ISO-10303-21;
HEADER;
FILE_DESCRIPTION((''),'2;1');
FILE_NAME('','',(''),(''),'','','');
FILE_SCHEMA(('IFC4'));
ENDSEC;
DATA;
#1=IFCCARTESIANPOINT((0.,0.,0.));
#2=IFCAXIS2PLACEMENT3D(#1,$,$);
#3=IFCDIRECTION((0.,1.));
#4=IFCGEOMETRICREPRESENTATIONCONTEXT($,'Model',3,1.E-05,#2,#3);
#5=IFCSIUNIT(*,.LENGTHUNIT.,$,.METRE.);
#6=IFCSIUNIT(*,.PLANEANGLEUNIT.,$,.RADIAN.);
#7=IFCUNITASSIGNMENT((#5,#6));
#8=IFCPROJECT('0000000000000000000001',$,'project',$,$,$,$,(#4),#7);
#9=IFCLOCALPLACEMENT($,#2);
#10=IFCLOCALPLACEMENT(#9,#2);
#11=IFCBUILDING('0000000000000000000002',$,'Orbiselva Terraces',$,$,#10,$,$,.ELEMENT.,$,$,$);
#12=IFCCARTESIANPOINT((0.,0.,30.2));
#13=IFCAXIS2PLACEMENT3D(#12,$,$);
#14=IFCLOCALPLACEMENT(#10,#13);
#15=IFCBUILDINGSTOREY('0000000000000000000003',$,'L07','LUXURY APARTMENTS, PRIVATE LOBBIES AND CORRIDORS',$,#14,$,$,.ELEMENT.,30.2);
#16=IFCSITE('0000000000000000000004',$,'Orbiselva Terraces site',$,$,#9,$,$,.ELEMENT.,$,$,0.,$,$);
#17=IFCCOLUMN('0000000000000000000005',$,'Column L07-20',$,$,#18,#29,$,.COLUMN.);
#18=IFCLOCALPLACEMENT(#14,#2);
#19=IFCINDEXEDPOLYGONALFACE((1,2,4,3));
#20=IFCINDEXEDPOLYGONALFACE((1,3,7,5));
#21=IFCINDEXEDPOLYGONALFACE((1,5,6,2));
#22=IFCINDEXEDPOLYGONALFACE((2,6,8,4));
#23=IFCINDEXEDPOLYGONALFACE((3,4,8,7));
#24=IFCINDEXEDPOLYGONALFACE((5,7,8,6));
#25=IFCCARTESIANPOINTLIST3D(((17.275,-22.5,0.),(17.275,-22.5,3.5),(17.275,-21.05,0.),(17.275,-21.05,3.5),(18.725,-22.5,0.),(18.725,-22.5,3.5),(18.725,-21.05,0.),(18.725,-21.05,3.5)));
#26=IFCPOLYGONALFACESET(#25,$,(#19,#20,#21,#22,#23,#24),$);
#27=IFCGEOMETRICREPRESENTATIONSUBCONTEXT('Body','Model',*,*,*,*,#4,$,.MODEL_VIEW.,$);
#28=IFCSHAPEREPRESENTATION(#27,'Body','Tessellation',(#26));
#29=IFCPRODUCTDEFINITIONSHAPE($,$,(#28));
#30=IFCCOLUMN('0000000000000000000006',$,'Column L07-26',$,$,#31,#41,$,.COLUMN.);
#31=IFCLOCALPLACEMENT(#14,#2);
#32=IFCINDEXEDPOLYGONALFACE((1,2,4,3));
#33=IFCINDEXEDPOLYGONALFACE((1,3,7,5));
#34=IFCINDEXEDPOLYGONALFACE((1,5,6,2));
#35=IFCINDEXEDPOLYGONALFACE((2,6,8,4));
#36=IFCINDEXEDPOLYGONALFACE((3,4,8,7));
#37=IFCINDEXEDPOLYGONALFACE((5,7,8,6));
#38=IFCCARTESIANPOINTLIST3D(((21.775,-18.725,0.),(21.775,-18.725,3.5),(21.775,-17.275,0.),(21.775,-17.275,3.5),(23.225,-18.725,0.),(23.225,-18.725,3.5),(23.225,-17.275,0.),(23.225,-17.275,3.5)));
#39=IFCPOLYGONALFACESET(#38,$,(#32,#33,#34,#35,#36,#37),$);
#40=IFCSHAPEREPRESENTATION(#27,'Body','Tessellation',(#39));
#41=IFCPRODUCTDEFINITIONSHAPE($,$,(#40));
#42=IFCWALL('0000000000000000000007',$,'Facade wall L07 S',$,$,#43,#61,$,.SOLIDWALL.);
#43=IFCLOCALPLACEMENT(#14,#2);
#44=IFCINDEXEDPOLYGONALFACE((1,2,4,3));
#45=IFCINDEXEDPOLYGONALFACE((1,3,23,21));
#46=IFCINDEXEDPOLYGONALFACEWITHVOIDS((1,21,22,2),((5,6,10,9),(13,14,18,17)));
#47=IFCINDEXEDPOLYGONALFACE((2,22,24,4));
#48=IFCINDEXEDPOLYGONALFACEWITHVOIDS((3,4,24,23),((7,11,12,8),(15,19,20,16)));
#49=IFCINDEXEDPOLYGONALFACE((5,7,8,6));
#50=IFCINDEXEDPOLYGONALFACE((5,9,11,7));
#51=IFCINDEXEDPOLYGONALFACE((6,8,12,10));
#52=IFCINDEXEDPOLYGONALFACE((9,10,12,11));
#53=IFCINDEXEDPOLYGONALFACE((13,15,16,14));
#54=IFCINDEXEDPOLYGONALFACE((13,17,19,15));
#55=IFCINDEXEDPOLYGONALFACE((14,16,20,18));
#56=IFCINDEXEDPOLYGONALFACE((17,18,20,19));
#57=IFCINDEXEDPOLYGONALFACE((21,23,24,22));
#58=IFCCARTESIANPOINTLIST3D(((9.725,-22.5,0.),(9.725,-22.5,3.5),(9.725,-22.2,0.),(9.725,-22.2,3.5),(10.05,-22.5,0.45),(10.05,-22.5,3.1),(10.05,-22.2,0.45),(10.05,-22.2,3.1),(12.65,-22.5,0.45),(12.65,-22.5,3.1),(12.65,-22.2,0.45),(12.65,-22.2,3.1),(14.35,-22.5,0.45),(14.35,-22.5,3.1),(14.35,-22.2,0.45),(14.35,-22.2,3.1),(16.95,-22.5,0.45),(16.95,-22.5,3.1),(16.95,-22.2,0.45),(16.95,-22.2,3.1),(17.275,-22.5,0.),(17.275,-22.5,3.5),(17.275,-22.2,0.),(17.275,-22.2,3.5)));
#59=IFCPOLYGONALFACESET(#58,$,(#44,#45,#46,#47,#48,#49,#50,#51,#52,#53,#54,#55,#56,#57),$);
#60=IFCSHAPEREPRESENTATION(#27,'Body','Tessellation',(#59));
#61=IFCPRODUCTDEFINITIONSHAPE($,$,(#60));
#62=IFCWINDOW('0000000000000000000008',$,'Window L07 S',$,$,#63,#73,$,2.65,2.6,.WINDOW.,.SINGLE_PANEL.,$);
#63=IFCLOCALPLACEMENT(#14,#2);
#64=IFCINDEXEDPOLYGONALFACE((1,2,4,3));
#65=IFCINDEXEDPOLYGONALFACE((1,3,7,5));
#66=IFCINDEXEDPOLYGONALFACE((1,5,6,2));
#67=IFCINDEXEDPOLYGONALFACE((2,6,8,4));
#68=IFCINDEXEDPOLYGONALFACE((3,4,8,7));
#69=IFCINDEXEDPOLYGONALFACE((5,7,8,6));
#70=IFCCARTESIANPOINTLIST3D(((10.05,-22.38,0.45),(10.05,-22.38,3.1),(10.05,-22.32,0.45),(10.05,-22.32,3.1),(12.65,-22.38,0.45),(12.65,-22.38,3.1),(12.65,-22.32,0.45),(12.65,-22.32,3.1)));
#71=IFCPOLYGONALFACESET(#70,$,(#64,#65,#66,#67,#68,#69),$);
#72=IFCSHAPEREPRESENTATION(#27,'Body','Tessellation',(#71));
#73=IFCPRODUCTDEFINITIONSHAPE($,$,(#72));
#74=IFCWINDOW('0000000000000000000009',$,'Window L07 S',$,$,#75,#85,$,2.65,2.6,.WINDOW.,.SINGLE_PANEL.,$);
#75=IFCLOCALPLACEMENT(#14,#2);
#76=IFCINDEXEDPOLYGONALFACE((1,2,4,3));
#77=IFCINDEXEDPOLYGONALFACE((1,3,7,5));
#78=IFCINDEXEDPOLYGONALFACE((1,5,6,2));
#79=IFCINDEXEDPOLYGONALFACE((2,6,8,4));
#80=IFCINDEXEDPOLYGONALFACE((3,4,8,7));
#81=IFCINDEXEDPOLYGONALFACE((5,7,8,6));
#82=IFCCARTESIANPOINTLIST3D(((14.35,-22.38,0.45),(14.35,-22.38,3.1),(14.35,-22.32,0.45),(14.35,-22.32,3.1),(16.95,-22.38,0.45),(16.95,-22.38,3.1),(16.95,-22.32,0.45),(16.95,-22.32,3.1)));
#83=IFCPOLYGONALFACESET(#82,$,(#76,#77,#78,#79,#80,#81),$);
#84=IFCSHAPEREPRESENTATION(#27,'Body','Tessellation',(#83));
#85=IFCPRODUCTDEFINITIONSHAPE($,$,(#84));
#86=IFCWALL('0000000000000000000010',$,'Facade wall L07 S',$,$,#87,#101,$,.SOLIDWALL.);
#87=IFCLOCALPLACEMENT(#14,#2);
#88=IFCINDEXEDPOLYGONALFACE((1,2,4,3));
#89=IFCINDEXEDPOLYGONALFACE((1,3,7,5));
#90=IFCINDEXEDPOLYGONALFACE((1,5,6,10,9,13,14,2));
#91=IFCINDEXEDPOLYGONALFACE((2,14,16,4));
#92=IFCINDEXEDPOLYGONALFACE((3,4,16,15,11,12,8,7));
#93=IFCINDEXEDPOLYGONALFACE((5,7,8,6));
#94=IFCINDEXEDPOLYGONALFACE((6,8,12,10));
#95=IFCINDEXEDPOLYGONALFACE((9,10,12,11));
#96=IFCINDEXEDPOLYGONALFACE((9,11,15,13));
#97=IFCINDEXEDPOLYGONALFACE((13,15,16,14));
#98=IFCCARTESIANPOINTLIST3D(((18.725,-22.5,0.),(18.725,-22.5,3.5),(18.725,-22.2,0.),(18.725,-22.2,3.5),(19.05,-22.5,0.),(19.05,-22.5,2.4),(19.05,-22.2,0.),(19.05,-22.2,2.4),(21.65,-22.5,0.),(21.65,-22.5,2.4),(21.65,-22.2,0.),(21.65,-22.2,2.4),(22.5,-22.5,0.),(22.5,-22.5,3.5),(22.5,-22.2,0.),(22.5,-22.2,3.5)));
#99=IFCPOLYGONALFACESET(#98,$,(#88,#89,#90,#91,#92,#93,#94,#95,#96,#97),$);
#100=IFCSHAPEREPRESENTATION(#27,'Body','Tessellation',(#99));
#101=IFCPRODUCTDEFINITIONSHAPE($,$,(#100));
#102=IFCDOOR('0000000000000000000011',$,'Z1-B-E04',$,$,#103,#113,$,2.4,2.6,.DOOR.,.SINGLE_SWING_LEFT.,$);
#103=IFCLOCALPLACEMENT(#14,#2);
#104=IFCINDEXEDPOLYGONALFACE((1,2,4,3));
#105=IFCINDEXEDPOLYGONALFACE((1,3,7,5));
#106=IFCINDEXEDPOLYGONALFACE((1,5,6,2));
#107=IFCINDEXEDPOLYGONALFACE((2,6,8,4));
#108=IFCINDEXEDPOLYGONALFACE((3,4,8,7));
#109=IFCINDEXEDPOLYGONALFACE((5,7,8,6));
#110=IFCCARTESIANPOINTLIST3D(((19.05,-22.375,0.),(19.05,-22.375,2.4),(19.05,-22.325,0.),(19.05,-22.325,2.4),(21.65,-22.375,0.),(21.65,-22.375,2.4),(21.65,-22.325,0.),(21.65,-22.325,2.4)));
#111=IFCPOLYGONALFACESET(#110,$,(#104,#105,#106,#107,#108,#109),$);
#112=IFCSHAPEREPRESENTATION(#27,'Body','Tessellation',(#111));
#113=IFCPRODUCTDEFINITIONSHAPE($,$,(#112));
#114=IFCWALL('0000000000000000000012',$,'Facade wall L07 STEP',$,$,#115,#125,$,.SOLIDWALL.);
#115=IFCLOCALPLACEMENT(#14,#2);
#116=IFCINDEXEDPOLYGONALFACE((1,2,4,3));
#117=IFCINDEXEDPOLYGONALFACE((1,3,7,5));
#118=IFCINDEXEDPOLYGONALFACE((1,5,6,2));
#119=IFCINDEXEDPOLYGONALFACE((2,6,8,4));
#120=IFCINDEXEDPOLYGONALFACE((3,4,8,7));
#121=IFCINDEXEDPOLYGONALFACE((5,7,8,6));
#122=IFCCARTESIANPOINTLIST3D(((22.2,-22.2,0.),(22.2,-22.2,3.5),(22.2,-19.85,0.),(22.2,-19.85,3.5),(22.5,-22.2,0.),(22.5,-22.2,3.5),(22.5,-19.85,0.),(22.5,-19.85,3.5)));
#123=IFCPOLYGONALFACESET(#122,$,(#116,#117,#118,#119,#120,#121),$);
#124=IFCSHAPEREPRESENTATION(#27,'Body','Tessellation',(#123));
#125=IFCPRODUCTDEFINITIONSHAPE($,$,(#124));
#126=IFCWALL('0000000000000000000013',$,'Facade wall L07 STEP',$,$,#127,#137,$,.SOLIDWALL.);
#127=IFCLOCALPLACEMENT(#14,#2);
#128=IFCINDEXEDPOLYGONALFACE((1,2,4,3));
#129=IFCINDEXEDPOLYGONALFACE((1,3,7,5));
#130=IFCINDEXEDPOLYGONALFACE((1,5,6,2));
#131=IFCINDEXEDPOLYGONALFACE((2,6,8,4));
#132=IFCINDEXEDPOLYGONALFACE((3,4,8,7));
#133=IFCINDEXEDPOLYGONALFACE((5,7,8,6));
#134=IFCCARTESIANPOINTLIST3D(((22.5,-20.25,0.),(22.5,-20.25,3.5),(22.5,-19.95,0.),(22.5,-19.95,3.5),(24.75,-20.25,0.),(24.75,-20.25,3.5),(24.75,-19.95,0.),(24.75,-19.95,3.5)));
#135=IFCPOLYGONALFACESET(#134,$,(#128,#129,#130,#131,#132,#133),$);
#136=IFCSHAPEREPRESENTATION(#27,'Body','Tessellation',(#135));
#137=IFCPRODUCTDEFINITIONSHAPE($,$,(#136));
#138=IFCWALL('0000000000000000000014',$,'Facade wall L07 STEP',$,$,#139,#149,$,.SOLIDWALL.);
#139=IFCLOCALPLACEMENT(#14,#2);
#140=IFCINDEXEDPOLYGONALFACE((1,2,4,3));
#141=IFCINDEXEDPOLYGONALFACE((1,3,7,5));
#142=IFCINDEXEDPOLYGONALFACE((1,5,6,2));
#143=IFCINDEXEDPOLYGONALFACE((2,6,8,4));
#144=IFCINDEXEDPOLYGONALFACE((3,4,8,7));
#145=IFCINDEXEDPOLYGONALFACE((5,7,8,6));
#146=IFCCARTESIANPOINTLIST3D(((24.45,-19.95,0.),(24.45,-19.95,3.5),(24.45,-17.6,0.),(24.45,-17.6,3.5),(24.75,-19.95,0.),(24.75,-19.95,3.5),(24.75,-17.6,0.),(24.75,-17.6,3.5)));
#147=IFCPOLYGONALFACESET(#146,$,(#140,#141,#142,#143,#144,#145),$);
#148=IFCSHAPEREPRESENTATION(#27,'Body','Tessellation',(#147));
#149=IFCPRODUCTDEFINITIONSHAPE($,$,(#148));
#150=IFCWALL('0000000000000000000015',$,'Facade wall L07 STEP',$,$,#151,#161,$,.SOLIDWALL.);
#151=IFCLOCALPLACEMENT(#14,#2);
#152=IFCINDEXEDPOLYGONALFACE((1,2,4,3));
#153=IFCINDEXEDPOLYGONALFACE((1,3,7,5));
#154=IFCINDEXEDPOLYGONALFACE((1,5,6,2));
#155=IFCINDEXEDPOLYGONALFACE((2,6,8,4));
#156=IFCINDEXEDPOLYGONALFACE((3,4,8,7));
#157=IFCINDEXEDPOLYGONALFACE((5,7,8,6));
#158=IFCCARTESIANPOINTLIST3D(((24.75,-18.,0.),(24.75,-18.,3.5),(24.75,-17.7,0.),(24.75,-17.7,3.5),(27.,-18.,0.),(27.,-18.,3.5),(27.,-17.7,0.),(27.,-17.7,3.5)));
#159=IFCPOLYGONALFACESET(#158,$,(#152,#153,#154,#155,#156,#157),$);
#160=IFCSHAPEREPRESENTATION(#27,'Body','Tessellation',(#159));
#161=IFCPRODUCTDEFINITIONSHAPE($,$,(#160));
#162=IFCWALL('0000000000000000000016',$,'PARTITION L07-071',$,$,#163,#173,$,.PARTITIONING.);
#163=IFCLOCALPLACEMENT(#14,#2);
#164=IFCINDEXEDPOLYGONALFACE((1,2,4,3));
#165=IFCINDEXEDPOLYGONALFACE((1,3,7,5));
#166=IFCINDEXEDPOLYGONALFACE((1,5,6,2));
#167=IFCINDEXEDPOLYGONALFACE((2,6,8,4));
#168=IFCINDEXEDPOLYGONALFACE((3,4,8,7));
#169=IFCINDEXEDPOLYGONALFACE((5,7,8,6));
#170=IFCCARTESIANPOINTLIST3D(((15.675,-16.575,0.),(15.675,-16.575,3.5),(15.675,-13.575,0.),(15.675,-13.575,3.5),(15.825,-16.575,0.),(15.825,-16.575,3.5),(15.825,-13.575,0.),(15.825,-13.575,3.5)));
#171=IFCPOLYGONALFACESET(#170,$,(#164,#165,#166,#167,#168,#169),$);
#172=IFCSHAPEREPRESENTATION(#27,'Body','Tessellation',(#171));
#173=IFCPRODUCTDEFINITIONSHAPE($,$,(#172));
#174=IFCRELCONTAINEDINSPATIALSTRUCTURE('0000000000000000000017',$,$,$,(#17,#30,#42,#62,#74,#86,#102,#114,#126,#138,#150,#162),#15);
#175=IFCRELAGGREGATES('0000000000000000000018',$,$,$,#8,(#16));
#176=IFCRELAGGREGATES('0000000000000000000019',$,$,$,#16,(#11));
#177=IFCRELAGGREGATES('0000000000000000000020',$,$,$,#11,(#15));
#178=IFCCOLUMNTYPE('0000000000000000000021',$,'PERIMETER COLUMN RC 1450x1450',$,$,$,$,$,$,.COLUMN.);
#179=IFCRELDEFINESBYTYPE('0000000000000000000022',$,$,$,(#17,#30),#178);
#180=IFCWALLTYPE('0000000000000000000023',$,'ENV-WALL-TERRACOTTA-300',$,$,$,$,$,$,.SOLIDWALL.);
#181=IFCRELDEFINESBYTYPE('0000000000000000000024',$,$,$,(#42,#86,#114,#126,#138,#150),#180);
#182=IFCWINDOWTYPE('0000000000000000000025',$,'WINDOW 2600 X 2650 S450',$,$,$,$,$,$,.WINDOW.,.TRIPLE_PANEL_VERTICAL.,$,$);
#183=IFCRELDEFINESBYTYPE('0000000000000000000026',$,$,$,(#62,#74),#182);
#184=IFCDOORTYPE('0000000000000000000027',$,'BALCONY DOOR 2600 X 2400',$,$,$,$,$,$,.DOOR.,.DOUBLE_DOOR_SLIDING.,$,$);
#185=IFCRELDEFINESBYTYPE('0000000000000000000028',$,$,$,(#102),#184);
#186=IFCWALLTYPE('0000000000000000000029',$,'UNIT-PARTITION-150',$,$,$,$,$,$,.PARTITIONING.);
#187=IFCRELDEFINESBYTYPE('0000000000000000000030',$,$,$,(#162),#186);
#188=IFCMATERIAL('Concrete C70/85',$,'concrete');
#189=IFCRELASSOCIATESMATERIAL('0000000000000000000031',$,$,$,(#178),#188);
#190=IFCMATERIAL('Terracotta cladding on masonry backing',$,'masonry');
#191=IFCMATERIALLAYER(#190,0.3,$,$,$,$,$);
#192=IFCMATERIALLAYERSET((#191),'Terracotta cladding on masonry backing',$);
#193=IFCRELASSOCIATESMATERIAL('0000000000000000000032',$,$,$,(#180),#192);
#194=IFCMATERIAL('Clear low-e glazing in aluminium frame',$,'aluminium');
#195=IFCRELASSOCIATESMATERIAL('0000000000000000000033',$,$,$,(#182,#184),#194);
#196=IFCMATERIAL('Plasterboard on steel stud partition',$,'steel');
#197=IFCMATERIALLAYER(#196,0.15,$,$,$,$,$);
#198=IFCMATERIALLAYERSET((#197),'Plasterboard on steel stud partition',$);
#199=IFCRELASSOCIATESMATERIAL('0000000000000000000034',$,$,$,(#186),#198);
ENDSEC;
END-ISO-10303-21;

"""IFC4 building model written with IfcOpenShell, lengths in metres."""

from ifc_helpers import new_model, si_unit, direction, frame, frame_2d, origin, origin_2d, place, context, subcontext, project, spatial, rectangle, extrude, material, layer, layer_set, material_profile, profile_set, type_object, element, fill, save


model = new_model("IFC4")

# Units and contexts
model_context = context("Model", 3, precision=1e-05, world=origin(), true_north=direction((0.0, 1.0)))
body_context = subcontext(model_context, "Body", "Model", "MODEL_VIEW")
ifc_project = project(units=[si_unit("LENGTHUNIT", "METRE"), si_unit("PLANEANGLEUNIT", "RADIAN")], contexts=[model_context])

# Site, building, storey
site_placement = place(None, origin())
site = spatial("IfcSite", under=ifc_project, at=site_placement, Name="Orbiselva Terraces site", CompositionType="ELEMENT", RefElevation=0.0)
building_placement = place(site_placement, origin())
building = spatial("IfcBuilding", under=site, at=building_placement, Name="Orbiselva Terraces", CompositionType="ELEMENT")
storey_placement = place(building_placement, frame((0.0, 0.0, 30.2)))
storey = spatial("IfcBuildingStorey", under=building, at=storey_placement, Name="L07", Description="LUXURY APARTMENTS, PRIVATE LOBBIES AND CORRIDORS", CompositionType="ELEMENT", Elevation=30.2)

# Columns
ifc_material_1 = material(Name="Concrete C70/85", Category="concrete")
ifc_material_profile = material_profile(ifc_material_1, rectangle(XDim=1.45, YDim=1.45, at=origin_2d()), Name="RC 1450x1450")
ifc_profile_set = profile_set([ifc_material_profile], Name="Concrete C70/85")
column_type = type_object("IfcColumnType", Name="PERIMETER COLUMN RC 1450x1450", PredefinedType="COLUMN", material=ifc_profile_set)
for number, where, z_axis, x_axis, name in (
    (1, (18.0, -21.775, 0.0), (0.0, 0.0, 1.0), (1.0, 0.0, 0.0), "Column L07-20"),
    (2, (22.5, -18.0, 0.0), (0.0, 0.0, 1.0), (1.0, 0.0, 0.0), "Column L07-26"),
):
    element("IfcColumn", number, at=place(storey_placement, frame(where, z_axis=z_axis, x_axis=x_axis)), inside=storey, type_object=column_type, Name=name, PredefinedType="COLUMN", context=body_context, shape_type="SweptSolid", body=[
        extrude(rectangle(XDim=1.45, YDim=1.45, at=origin_2d()), origin(), (0.0, 0.0, 1.0), 3.5),
    ])

# Wall, openings, windows
ifc_material_2 = material(Name="Terracotta cladding on masonry backing", Category="masonry")
ifc_layer_1 = layer(ifc_material_2, 0.3)
ifc_layer_set_1 = layer_set([ifc_layer_1], Name="Terracotta cladding on masonry backing")
wall_type_1 = type_object("IfcWallType", Name="ENV-WALL-TERRACOTTA-300", PredefinedType="SOLIDWALL", material=ifc_layer_set_1)
wall_1_placement = place(storey_placement, frame((17.275, -22.35, 0.0), z_axis=(0.0, 0.0, 1.0), x_axis=(-1.0, 0.0, 0.0)))
wall_1 = element("IfcWall", 3, at=wall_1_placement, inside=storey, type_object=wall_type_1, Name="Facade wall L07 S", PredefinedType="SOLIDWALL", context=body_context, shape_type="SweptSolid", body=[
    extrude(rectangle(XDim=7.55, YDim=0.3, at=frame_2d((3.775, 0.0))), origin(), (0.0, 0.0, 1.0), 3.5),
])
opening_1_placement = place(wall_1_placement, frame((4.625, 0.0, 0.45)))
opening_1 = element("IfcOpeningElement", 4, at=opening_1_placement, cuts=wall_1, PredefinedType="OPENING", context=body_context, shape_type="SweptSolid", body=[
    extrude(rectangle(XDim=2.6, YDim=2.65, at=frame_2d((1.3, 1.325))), frame((0.0, 0.16, 0.0), z_axis=(0.0, -1.0, 0.0), x_axis=(1.0, 0.0, 0.0)), (0.0, 0.0, 1.0), 0.32),
])
opening_2_placement = place(wall_1_placement, frame((0.325, 0.0, 0.45)))
opening_2 = element("IfcOpeningElement", 5, at=opening_2_placement, cuts=wall_1, PredefinedType="OPENING", context=body_context, shape_type="SweptSolid", body=[
    extrude(rectangle(XDim=2.6, YDim=2.65, at=frame_2d((1.3, 1.325))), frame((0.0, 0.16, 0.0), z_axis=(0.0, -1.0, 0.0), x_axis=(1.0, 0.0, 0.0)), (0.0, 0.0, 1.0), 0.32),
])
ifc_material_3 = material(Name="Clear low-e glazing in aluminium frame", Category="aluminium")
window_type = type_object("IfcWindowType", Name="WINDOW 2600 X 2650 S450", PartitioningType="TRIPLE_PANEL_VERTICAL", PredefinedType="WINDOW", material=ifc_material_3)
window_1_placement = place(opening_1_placement, origin())
window_1 = element("IfcWindow", 6, at=window_1_placement, inside=storey, type_object=window_type, Name="Window L07 S", OverallHeight=2.65, OverallWidth=2.6, PartitioningType="SINGLE_PANEL", PredefinedType="WINDOW", context=body_context, shape_type="SweptSolid", body=[
    extrude(rectangle(XDim=2.6, YDim=2.65, at=frame_2d((1.3, 1.325))), frame((0.0, 0.03, 0.0), z_axis=(0.0, -1.0, 0.0), x_axis=(1.0, 0.0, 0.0)), (0.0, 0.0, 1.0), 0.06),
])
fill(opening_1, window_1)
window_2_placement = place(opening_2_placement, origin())
window_2 = element("IfcWindow", 7, at=window_2_placement, inside=storey, type_object=window_type, Name="Window L07 S", OverallHeight=2.65, OverallWidth=2.6, PartitioningType="SINGLE_PANEL", PredefinedType="WINDOW", context=body_context, shape_type="SweptSolid", body=[
    extrude(rectangle(XDim=2.6, YDim=2.65, at=frame_2d((1.3, 1.325))), frame((0.0, 0.03, 0.0), z_axis=(0.0, -1.0, 0.0), x_axis=(1.0, 0.0, 0.0)), (0.0, 0.0, 1.0), 0.06),
])
fill(opening_2, window_2)

# Wall, opening, door
wall_2_placement = place(storey_placement, frame((22.5, -22.35, 0.0), z_axis=(0.0, 0.0, 1.0), x_axis=(-1.0, 0.0, 0.0)))
wall_2 = element("IfcWall", 8, at=wall_2_placement, inside=storey, type_object=wall_type_1, Name="Facade wall L07 S", PredefinedType="SOLIDWALL", context=body_context, shape_type="SweptSolid", body=[
    extrude(rectangle(XDim=3.775, YDim=0.3, at=frame_2d((1.8875, 0.0))), origin(), (0.0, 0.0, 1.0), 3.5),
])
opening_3_placement = place(wall_2_placement, frame((0.85, 0.0, 0.0)))
opening_3 = element("IfcOpeningElement", 9, at=opening_3_placement, cuts=wall_2, PredefinedType="OPENING", context=body_context, shape_type="SweptSolid", body=[
    extrude(rectangle(XDim=2.6, YDim=2.4, at=frame_2d((1.3, 1.2))), frame((0.0, 0.16, 0.0), z_axis=(0.0, -1.0, 0.0), x_axis=(1.0, 0.0, 0.0)), (0.0, 0.0, 1.0), 0.32),
])
door_type = type_object("IfcDoorType", Name="BALCONY DOOR 2600 X 2400", OperationType="DOUBLE_DOOR_SLIDING", PredefinedType="DOOR", material=ifc_material_3)
door_placement = place(opening_3_placement, origin())
door = element("IfcDoor", 10, at=door_placement, inside=storey, type_object=door_type, Name="Z1-B-E04", OperationType="SINGLE_SWING_LEFT", OverallHeight=2.4, OverallWidth=2.6, PredefinedType="DOOR", context=body_context, shape_type="SweptSolid", body=[
    extrude(rectangle(XDim=2.6, YDim=2.4, at=frame_2d((1.3, 1.2))), frame((0.0, 0.025, 0.0), z_axis=(0.0, -1.0, 0.0), x_axis=(1.0, 0.0, 0.0)), (0.0, 0.0, 1.0), 0.05),
])
fill(opening_3, door)

# Walls
wall_3_placement = place(storey_placement, frame((22.35, -19.85, 0.0), z_axis=(0.0, 0.0, 1.0), x_axis=(0.0, -1.0, 0.0)))
element("IfcWall", 11, at=wall_3_placement, inside=storey, type_object=wall_type_1, Name="Facade wall L07 STEP", PredefinedType="SOLIDWALL", context=body_context, shape_type="SweptSolid", body=[
    extrude(rectangle(XDim=2.35, YDim=0.3, at=frame_2d((1.175, 0.0))), origin(), (0.0, 0.0, 1.0), 3.5),
])
wall_4_placement = place(storey_placement, frame((24.75, -20.1, 0.0), z_axis=(0.0, 0.0, 1.0), x_axis=(-1.0, 0.0, 0.0)))
element("IfcWall", 12, at=wall_4_placement, inside=storey, type_object=wall_type_1, Name="Facade wall L07 STEP", PredefinedType="SOLIDWALL", context=body_context, shape_type="SweptSolid", body=[
    extrude(rectangle(XDim=2.25, YDim=0.3, at=frame_2d((1.125, 0.0))), origin(), (0.0, 0.0, 1.0), 3.5),
])
wall_5_placement = place(storey_placement, frame((24.6, -17.6, 0.0), z_axis=(0.0, 0.0, 1.0), x_axis=(0.0, -1.0, 0.0)))
element("IfcWall", 13, at=wall_5_placement, inside=storey, type_object=wall_type_1, Name="Facade wall L07 STEP", PredefinedType="SOLIDWALL", context=body_context, shape_type="SweptSolid", body=[
    extrude(rectangle(XDim=2.35, YDim=0.3, at=frame_2d((1.175, 0.0))), origin(), (0.0, 0.0, 1.0), 3.5),
])
wall_6_placement = place(storey_placement, frame((27.0, -17.85, 0.0), z_axis=(0.0, 0.0, 1.0), x_axis=(-1.0, 0.0, 0.0)))
element("IfcWall", 14, at=wall_6_placement, inside=storey, type_object=wall_type_1, Name="Facade wall L07 STEP", PredefinedType="SOLIDWALL", context=body_context, shape_type="SweptSolid", body=[
    extrude(rectangle(XDim=2.25, YDim=0.3, at=frame_2d((1.125, 0.0))), origin(), (0.0, 0.0, 1.0), 3.5),
])
ifc_material_4 = material(Name="Plasterboard on steel stud partition", Category="steel")
ifc_layer_2 = layer(ifc_material_4, 0.15)
ifc_layer_set_2 = layer_set([ifc_layer_2], Name="Plasterboard on steel stud partition")
wall_type_2 = type_object("IfcWallType", Name="UNIT-PARTITION-150", PredefinedType="PARTITIONING", material=ifc_layer_set_2)
wall_7_placement = place(storey_placement, frame((15.75, -16.575, 0.0), z_axis=(0.0, 0.0, 1.0), x_axis=(0.0, 1.0, 0.0)))
element("IfcWall", 15, at=wall_7_placement, inside=storey, type_object=wall_type_2, Name="PARTITION L07-071", PredefinedType="PARTITIONING", context=body_context, shape_type="SweptSolid", body=[
    extrude(rectangle(XDim=3.0, YDim=0.15, at=frame_2d((1.5, 0.0))), origin(), (0.0, 0.0, 1.0), 3.5),
])

save(model, "model.ifc")
